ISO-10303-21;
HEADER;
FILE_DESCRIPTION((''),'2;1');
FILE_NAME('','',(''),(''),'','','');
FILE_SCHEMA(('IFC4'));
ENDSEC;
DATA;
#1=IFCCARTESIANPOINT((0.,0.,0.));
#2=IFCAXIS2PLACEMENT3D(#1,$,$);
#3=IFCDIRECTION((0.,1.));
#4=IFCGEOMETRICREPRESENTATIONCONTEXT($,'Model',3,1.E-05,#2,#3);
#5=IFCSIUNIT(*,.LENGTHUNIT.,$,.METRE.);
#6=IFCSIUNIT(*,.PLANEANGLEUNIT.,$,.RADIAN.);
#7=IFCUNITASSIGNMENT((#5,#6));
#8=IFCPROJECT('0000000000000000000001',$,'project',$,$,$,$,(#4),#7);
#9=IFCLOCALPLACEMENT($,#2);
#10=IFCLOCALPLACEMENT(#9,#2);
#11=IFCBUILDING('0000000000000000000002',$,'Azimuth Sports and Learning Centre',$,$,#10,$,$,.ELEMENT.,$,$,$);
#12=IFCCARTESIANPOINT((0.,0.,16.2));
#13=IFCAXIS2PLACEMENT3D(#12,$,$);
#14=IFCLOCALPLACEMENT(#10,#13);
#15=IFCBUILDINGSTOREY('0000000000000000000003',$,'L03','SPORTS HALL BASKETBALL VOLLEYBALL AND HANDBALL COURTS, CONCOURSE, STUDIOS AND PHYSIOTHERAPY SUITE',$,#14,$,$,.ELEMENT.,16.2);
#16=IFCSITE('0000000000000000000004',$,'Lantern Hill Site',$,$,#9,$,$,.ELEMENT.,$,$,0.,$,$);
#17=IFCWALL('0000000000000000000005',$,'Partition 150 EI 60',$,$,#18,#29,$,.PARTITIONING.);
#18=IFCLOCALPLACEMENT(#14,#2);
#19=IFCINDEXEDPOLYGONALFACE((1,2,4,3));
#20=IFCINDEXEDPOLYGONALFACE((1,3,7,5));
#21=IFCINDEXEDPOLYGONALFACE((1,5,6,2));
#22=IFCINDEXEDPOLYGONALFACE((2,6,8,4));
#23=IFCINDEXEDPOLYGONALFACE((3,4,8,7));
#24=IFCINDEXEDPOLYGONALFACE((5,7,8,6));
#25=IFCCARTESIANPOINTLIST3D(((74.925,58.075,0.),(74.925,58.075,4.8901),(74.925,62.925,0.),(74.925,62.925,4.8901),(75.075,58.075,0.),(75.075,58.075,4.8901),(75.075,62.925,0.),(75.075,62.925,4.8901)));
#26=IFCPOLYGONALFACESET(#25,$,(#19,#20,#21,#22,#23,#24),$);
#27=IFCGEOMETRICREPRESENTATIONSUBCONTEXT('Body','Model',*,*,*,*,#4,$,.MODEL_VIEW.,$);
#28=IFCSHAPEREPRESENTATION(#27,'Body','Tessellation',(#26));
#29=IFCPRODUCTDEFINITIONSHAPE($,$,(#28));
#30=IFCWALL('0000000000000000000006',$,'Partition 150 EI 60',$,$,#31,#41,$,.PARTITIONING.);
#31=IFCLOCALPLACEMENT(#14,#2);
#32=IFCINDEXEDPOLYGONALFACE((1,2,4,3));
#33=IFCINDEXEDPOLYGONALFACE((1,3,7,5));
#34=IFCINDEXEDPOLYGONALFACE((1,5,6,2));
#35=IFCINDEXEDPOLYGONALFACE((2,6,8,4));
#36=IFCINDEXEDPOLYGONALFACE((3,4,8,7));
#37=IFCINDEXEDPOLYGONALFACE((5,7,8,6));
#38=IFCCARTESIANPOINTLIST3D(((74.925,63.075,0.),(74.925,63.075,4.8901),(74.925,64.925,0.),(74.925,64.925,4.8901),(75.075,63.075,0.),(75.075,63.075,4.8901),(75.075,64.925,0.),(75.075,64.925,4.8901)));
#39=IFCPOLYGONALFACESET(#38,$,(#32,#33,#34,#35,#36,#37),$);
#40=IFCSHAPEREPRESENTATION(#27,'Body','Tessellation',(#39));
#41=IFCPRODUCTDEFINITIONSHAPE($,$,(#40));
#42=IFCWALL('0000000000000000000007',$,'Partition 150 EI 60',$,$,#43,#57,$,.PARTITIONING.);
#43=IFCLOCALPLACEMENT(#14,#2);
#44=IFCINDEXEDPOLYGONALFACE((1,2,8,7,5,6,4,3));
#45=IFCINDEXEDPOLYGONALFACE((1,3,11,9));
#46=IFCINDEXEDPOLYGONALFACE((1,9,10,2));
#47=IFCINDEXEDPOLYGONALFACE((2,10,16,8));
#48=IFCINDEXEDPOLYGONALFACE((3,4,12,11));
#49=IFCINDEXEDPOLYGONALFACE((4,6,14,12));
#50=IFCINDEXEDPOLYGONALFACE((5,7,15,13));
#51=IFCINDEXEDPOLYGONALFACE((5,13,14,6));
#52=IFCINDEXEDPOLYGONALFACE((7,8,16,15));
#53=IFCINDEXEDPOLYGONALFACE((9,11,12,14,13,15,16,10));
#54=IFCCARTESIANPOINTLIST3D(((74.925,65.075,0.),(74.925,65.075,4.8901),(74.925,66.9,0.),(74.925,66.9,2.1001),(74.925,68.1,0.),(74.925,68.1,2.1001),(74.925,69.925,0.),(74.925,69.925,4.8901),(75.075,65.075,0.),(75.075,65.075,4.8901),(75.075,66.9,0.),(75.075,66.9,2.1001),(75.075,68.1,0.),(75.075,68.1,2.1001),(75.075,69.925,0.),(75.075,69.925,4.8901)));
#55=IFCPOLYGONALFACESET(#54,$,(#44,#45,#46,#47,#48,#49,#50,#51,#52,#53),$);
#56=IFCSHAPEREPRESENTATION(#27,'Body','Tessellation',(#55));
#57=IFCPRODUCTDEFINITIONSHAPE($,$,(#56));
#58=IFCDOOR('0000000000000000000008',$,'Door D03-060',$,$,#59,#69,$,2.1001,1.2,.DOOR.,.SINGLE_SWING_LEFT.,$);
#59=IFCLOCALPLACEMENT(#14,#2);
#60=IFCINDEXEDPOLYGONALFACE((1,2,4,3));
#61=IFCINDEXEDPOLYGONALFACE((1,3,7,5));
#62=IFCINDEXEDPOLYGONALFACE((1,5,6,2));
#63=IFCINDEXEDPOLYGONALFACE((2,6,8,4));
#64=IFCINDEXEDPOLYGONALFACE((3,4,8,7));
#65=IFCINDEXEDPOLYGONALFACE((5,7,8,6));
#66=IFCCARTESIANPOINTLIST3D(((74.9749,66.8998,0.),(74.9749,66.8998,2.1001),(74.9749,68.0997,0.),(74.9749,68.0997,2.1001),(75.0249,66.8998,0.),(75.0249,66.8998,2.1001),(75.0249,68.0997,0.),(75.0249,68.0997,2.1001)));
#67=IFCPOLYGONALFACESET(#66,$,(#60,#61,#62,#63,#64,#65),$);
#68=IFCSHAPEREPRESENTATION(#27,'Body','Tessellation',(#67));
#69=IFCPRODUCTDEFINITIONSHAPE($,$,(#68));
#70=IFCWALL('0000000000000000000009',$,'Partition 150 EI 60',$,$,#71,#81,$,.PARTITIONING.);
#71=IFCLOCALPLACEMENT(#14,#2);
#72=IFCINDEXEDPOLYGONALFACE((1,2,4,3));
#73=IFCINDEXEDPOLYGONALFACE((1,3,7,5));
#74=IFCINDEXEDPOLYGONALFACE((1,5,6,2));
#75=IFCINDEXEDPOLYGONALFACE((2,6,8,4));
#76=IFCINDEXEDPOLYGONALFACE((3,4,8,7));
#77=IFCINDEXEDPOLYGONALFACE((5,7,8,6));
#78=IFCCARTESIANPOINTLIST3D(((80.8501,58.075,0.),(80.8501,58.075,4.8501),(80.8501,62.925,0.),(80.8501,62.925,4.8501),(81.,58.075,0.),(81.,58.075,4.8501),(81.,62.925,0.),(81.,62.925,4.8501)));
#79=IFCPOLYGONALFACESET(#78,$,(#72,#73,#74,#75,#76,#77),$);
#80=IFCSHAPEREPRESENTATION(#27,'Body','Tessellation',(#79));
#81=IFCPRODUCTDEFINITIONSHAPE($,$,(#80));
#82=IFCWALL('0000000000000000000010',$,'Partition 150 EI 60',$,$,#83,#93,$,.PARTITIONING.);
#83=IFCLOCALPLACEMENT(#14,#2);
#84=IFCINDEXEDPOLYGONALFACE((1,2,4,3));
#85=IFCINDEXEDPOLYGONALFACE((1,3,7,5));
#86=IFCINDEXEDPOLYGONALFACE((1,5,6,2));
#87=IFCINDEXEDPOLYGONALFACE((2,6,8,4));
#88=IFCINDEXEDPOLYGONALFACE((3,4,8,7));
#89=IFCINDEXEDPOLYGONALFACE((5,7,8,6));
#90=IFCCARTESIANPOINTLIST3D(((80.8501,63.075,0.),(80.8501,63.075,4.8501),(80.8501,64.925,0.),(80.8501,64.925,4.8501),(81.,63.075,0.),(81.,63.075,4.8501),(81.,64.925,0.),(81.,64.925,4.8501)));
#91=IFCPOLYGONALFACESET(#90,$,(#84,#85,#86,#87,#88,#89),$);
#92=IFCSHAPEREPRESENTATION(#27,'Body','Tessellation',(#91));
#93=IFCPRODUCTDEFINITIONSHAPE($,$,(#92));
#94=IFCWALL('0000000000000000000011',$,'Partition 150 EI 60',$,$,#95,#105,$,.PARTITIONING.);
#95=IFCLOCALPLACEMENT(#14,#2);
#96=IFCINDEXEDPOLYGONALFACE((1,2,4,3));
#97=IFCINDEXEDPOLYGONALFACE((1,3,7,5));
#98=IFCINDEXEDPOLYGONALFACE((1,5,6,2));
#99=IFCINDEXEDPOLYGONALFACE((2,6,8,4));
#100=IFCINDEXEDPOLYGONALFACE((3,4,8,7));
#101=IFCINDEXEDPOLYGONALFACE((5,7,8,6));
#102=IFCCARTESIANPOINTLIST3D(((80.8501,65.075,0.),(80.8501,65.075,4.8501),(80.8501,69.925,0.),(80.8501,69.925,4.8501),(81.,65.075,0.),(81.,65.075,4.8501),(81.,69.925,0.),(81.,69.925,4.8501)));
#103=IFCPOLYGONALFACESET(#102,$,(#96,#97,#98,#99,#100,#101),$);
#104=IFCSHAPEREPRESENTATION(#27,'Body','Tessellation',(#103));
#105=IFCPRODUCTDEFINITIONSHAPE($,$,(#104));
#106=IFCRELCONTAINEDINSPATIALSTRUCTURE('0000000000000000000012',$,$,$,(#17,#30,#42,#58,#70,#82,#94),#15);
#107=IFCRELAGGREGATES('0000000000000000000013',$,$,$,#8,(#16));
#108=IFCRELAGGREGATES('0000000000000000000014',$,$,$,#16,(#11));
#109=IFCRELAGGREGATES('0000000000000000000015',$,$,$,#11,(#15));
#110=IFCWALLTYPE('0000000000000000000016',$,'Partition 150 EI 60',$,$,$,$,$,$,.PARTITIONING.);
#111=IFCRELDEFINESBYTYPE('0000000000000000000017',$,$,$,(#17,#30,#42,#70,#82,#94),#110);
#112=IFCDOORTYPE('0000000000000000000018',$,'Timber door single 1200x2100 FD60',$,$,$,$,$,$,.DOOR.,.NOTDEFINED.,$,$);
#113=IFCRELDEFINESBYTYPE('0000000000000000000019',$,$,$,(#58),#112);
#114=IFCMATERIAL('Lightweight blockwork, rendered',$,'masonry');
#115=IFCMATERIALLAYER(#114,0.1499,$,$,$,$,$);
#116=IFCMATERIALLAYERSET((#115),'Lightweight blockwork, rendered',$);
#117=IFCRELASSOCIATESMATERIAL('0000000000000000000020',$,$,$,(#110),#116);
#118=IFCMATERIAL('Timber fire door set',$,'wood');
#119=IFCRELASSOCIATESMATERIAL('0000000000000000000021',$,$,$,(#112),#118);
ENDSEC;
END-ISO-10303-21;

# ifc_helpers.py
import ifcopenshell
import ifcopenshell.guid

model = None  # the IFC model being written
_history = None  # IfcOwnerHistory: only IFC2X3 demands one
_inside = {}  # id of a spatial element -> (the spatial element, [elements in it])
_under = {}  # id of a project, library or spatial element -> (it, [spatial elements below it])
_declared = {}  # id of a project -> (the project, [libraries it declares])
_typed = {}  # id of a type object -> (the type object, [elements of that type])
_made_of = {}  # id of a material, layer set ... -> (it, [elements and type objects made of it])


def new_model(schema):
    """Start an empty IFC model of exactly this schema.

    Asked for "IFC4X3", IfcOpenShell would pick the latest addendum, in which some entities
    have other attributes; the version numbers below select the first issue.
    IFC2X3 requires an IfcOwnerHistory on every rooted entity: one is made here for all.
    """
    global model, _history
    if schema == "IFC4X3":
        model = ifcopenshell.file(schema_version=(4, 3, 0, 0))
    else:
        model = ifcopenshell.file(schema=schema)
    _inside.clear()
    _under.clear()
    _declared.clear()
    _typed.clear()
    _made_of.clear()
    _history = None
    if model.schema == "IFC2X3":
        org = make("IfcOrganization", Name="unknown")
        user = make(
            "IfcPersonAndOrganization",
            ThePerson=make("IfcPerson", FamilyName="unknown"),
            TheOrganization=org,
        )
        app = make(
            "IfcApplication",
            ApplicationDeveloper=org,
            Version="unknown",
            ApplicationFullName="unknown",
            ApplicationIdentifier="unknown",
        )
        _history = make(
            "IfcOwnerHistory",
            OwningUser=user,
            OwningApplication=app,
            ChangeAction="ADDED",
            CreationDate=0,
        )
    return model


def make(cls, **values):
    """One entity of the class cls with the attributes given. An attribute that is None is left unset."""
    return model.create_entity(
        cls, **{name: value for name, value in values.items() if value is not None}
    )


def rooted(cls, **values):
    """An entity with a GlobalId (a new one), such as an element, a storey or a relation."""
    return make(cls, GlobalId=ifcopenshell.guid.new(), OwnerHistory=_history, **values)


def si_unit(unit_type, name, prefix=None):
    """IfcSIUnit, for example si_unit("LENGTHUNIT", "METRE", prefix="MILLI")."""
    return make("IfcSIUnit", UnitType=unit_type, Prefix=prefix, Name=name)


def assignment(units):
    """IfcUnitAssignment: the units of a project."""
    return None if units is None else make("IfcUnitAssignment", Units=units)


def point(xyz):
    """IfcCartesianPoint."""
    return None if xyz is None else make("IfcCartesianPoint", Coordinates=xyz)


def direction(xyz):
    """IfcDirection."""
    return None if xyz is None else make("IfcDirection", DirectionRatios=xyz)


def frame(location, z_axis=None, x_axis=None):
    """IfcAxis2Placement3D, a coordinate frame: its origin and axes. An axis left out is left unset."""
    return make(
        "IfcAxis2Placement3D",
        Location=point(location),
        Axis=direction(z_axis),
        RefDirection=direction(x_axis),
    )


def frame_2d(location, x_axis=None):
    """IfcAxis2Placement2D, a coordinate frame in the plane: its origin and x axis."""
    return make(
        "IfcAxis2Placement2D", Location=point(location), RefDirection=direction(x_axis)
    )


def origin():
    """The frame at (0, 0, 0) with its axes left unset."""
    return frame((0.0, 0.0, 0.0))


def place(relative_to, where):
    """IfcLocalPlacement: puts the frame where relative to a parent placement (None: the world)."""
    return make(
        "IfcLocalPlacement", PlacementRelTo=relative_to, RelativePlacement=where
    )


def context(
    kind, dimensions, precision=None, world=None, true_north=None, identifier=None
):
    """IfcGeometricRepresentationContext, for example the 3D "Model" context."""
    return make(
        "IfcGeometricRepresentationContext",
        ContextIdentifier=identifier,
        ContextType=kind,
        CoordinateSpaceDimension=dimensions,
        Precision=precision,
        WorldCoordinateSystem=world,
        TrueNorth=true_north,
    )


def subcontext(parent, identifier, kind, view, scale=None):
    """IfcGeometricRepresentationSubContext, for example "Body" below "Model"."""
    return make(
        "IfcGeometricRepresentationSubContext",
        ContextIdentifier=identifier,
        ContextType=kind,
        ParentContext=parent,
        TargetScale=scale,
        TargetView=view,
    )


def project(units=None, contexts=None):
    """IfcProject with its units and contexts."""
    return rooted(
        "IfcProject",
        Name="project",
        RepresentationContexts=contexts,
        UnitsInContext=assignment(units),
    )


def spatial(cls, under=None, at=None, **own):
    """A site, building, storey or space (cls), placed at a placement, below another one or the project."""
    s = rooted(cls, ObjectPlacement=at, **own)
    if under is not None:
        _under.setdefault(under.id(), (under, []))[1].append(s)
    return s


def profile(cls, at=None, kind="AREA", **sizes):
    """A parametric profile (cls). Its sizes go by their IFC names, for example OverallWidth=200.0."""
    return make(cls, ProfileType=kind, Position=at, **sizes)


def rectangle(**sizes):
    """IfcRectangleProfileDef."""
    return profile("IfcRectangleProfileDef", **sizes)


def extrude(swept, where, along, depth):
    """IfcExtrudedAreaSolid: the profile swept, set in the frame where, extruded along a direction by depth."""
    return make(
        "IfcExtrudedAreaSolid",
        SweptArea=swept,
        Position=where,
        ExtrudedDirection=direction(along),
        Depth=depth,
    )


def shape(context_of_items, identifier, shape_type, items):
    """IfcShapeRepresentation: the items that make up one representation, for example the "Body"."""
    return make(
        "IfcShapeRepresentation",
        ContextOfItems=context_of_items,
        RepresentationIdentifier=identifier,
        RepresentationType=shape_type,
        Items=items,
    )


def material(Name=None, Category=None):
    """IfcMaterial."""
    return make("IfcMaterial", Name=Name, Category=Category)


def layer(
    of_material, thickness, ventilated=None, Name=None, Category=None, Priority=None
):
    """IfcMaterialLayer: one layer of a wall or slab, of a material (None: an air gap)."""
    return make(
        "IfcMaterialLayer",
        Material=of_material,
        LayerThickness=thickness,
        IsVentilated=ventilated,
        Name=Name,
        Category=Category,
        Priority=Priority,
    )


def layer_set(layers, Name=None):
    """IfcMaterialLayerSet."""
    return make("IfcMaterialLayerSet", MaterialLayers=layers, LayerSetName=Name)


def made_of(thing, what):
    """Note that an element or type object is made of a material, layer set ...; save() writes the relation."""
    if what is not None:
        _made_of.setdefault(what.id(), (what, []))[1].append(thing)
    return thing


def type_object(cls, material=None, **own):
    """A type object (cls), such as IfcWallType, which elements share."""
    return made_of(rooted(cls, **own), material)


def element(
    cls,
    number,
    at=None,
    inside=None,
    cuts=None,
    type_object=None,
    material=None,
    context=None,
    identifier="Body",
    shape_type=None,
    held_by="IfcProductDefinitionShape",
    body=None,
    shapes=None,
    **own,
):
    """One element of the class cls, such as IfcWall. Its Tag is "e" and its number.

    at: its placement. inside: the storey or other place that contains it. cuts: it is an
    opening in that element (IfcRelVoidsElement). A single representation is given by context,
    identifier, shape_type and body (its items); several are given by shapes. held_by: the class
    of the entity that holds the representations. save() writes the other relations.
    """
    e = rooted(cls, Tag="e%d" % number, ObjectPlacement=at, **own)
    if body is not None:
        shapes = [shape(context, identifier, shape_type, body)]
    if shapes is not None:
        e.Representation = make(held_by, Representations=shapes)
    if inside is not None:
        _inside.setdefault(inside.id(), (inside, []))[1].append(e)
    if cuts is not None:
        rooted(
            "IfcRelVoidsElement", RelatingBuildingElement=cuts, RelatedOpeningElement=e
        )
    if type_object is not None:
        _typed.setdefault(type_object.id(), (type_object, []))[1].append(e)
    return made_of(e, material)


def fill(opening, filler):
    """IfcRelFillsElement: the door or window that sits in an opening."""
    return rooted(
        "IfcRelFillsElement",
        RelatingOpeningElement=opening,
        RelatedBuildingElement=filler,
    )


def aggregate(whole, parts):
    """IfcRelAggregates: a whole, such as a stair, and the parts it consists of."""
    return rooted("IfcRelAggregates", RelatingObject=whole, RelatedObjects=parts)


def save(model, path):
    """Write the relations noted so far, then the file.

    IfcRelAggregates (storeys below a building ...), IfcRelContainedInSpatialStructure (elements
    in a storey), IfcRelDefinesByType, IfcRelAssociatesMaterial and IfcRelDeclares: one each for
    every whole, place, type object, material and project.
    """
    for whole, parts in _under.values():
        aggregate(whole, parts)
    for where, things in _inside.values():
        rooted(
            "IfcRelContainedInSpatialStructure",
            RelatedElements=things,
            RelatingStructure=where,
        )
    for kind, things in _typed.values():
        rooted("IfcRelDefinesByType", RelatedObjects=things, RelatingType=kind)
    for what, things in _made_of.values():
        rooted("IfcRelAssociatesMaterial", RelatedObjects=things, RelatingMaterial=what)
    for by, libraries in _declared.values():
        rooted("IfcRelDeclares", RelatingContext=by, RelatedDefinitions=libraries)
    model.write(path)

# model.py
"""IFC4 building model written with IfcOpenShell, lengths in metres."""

from ifc_helpers import new_model, si_unit, direction, frame, frame_2d, origin, place, context, subcontext, project, spatial, rectangle, extrude, material, layer, layer_set, type_object, element, fill, save


model = new_model("IFC4")

# Units and contexts
model_context = context("Model", 3, precision=1e-05, world=origin(), true_north=direction((0.0, 1.0)))
body_context = subcontext(model_context, "Body", "Model", "MODEL_VIEW")
ifc_project = project(units=[si_unit("LENGTHUNIT", "METRE"), si_unit("PLANEANGLEUNIT", "RADIAN")], contexts=[model_context])

# Site, building, storey
site_placement = place(None, origin())
site = spatial("IfcSite", under=ifc_project, at=site_placement, Name="Lantern Hill Site", CompositionType="ELEMENT", RefElevation=0.0)
building_placement = place(site_placement, origin())
building = spatial("IfcBuilding", under=site, at=building_placement, Name="Azimuth Sports and Learning Centre", CompositionType="ELEMENT")
storey_placement = place(building_placement, frame((0.0, 0.0, 16.2)))
storey = spatial("IfcBuildingStorey", under=building, at=storey_placement, Name="L03", Description="SPORTS HALL BASKETBALL VOLLEYBALL AND HANDBALL COURTS, CONCOURSE, STUDIOS AND PHYSIOTHERAPY SUITE", CompositionType="ELEMENT", Elevation=16.2)

# Shared definitions
ifc_material_1 = material(Name="Lightweight blockwork, rendered", Category="masonry")
ifc_layer = layer(ifc_material_1, 0.1499)
ifc_layer_set = layer_set([ifc_layer], Name="Lightweight blockwork, rendered")
wall_type = type_object("IfcWallType", Name="Partition 150 EI 60", PredefinedType="PARTITIONING", material=ifc_layer_set)

# Walls
wall_1_placement = place(storey_placement, frame((75.0, 58.075, 0.0), z_axis=(0.0, 0.0, 1.0), x_axis=(0.0, 1.0, 0.0)))
element("IfcWall", 1, at=wall_1_placement, inside=storey, type_object=wall_type, Name="Partition 150 EI 60", PredefinedType="PARTITIONING", context=body_context, shape_type="SweptSolid", body=[
    extrude(rectangle(XDim=4.8501, YDim=0.1499, at=frame_2d((2.425, 0.0))), origin(), (0.0, 0.0, 1.0), 4.8901),
])
wall_2_placement = place(storey_placement, frame((75.0, 63.075, 0.0), z_axis=(0.0, 0.0, 1.0), x_axis=(0.0, 1.0, 0.0)))
element("IfcWall", 2, at=wall_2_placement, inside=storey, type_object=wall_type, Name="Partition 150 EI 60", PredefinedType="PARTITIONING", context=body_context, shape_type="SweptSolid", body=[
    extrude(rectangle(XDim=1.8501, YDim=0.1499, at=frame_2d((0.925, 0.0))), origin(), (0.0, 0.0, 1.0), 4.8901),
])

# Wall, opening, door
wall_3_placement = place(storey_placement, frame((75.0, 65.075, 0.0), z_axis=(0.0, 0.0, 1.0), x_axis=(0.0, 1.0, 0.0)))
wall_3 = element("IfcWall", 3, at=wall_3_placement, inside=storey, type_object=wall_type, Name="Partition 150 EI 60", PredefinedType="PARTITIONING", context=body_context, shape_type="SweptSolid", body=[
    extrude(rectangle(XDim=4.8501, YDim=0.1499, at=frame_2d((2.425, 0.0))), origin(), (0.0, 0.0, 1.0), 4.8901),
])
opening_1_placement = place(wall_3_placement, frame((1.825, 0.0, 0.0)))
opening_1 = element("IfcOpeningElement", 4, at=opening_1_placement, cuts=wall_3, PredefinedType="OPENING", context=body_context, shape_type="SweptSolid", body=[
    extrude(rectangle(XDim=1.2, YDim=2.1001, at=frame_2d((0.6001, 1.05))), frame((0.0, 0.0859, 0.0), z_axis=(0.0, -1.0, 0.0), x_axis=(1.0, 0.0, 0.0)), (0.0, 0.0, 1.0), 0.1719),
])
ifc_material_2 = material(Name="Timber fire door set", Category="wood")
door_type_1 = type_object("IfcDoorType", Name="Timber door single 1200x2100 FD60", OperationType="NOTDEFINED", PredefinedType="DOOR", material=ifc_material_2)
door_1_placement = place(opening_1_placement, frame((1.2, 0.0, 0.0), z_axis=(0.0, 0.0, 1.0), x_axis=(-1.0, 0.0, 0.0)))
door_1 = element("IfcDoor", 5, at=door_1_placement, inside=storey, type_object=door_type_1, Name="Door D03-060", OperationType="SINGLE_SWING_LEFT", OverallHeight=2.1001, OverallWidth=1.2, PredefinedType="DOOR", context=body_context, shape_type="SweptSolid", body=[
    extrude(rectangle(XDim=1.2, YDim=2.1001, at=frame_2d((0.6001, 1.05))), frame((0.0, 0.0249, 0.0), z_axis=(0.0, -1.0, 0.0), x_axis=(1.0, 0.0, 0.0)), (0.0, 0.0, 1.0), 0.05),
])
fill(opening_1, door_1)

# Walls
wall_4_placement = place(storey_placement, frame((80.925, 58.075, 0.0), z_axis=(0.0, 0.0, 1.0), x_axis=(0.0, 1.0, 0.0)))
element("IfcWall", 6, at=wall_4_placement, inside=storey, type_object=wall_type, Name="Partition 150 EI 60", PredefinedType="PARTITIONING", context=body_context, shape_type="SweptSolid", body=[
    extrude(rectangle(XDim=4.8501, YDim=0.1499, at=frame_2d((2.425, 0.0))), origin(), (0.0, 0.0, 1.0), 4.8501),
])
wall_5_placement = place(storey_placement, frame((80.925, 63.075, 0.0), z_axis=(0.0, 0.0, 1.0), x_axis=(0.0, 1.0, 0.0)))
element("IfcWall", 7, at=wall_5_placement, inside=storey, type_object=wall_type, Name="Partition 150 EI 60", PredefinedType="PARTITIONING", context=body_context, shape_type="SweptSolid", body=[
    extrude(rectangle(XDim=1.8501, YDim=0.1499, at=frame_2d((0.925, 0.0))), origin(), (0.0, 0.0, 1.0), 4.8501),
])
wall_6_placement = place(storey_placement, frame((80.925, 65.075, 0.0), z_axis=(0.0, 0.0, 1.0), x_axis=(0.0, 1.0, 0.0)))
element("IfcWall", 8, at=wall_6_placement, inside=storey, type_object=wall_type, Name="Partition 150 EI 60", PredefinedType="PARTITIONING", context=body_context, shape_type="SweptSolid", body=[
    extrude(rectangle(XDim=4.8501, YDim=0.1499, at=frame_2d((2.425, 0.0))), origin(), (0.0, 0.0, 1.0), 4.8501),
])

save(model, "model.ifc")
